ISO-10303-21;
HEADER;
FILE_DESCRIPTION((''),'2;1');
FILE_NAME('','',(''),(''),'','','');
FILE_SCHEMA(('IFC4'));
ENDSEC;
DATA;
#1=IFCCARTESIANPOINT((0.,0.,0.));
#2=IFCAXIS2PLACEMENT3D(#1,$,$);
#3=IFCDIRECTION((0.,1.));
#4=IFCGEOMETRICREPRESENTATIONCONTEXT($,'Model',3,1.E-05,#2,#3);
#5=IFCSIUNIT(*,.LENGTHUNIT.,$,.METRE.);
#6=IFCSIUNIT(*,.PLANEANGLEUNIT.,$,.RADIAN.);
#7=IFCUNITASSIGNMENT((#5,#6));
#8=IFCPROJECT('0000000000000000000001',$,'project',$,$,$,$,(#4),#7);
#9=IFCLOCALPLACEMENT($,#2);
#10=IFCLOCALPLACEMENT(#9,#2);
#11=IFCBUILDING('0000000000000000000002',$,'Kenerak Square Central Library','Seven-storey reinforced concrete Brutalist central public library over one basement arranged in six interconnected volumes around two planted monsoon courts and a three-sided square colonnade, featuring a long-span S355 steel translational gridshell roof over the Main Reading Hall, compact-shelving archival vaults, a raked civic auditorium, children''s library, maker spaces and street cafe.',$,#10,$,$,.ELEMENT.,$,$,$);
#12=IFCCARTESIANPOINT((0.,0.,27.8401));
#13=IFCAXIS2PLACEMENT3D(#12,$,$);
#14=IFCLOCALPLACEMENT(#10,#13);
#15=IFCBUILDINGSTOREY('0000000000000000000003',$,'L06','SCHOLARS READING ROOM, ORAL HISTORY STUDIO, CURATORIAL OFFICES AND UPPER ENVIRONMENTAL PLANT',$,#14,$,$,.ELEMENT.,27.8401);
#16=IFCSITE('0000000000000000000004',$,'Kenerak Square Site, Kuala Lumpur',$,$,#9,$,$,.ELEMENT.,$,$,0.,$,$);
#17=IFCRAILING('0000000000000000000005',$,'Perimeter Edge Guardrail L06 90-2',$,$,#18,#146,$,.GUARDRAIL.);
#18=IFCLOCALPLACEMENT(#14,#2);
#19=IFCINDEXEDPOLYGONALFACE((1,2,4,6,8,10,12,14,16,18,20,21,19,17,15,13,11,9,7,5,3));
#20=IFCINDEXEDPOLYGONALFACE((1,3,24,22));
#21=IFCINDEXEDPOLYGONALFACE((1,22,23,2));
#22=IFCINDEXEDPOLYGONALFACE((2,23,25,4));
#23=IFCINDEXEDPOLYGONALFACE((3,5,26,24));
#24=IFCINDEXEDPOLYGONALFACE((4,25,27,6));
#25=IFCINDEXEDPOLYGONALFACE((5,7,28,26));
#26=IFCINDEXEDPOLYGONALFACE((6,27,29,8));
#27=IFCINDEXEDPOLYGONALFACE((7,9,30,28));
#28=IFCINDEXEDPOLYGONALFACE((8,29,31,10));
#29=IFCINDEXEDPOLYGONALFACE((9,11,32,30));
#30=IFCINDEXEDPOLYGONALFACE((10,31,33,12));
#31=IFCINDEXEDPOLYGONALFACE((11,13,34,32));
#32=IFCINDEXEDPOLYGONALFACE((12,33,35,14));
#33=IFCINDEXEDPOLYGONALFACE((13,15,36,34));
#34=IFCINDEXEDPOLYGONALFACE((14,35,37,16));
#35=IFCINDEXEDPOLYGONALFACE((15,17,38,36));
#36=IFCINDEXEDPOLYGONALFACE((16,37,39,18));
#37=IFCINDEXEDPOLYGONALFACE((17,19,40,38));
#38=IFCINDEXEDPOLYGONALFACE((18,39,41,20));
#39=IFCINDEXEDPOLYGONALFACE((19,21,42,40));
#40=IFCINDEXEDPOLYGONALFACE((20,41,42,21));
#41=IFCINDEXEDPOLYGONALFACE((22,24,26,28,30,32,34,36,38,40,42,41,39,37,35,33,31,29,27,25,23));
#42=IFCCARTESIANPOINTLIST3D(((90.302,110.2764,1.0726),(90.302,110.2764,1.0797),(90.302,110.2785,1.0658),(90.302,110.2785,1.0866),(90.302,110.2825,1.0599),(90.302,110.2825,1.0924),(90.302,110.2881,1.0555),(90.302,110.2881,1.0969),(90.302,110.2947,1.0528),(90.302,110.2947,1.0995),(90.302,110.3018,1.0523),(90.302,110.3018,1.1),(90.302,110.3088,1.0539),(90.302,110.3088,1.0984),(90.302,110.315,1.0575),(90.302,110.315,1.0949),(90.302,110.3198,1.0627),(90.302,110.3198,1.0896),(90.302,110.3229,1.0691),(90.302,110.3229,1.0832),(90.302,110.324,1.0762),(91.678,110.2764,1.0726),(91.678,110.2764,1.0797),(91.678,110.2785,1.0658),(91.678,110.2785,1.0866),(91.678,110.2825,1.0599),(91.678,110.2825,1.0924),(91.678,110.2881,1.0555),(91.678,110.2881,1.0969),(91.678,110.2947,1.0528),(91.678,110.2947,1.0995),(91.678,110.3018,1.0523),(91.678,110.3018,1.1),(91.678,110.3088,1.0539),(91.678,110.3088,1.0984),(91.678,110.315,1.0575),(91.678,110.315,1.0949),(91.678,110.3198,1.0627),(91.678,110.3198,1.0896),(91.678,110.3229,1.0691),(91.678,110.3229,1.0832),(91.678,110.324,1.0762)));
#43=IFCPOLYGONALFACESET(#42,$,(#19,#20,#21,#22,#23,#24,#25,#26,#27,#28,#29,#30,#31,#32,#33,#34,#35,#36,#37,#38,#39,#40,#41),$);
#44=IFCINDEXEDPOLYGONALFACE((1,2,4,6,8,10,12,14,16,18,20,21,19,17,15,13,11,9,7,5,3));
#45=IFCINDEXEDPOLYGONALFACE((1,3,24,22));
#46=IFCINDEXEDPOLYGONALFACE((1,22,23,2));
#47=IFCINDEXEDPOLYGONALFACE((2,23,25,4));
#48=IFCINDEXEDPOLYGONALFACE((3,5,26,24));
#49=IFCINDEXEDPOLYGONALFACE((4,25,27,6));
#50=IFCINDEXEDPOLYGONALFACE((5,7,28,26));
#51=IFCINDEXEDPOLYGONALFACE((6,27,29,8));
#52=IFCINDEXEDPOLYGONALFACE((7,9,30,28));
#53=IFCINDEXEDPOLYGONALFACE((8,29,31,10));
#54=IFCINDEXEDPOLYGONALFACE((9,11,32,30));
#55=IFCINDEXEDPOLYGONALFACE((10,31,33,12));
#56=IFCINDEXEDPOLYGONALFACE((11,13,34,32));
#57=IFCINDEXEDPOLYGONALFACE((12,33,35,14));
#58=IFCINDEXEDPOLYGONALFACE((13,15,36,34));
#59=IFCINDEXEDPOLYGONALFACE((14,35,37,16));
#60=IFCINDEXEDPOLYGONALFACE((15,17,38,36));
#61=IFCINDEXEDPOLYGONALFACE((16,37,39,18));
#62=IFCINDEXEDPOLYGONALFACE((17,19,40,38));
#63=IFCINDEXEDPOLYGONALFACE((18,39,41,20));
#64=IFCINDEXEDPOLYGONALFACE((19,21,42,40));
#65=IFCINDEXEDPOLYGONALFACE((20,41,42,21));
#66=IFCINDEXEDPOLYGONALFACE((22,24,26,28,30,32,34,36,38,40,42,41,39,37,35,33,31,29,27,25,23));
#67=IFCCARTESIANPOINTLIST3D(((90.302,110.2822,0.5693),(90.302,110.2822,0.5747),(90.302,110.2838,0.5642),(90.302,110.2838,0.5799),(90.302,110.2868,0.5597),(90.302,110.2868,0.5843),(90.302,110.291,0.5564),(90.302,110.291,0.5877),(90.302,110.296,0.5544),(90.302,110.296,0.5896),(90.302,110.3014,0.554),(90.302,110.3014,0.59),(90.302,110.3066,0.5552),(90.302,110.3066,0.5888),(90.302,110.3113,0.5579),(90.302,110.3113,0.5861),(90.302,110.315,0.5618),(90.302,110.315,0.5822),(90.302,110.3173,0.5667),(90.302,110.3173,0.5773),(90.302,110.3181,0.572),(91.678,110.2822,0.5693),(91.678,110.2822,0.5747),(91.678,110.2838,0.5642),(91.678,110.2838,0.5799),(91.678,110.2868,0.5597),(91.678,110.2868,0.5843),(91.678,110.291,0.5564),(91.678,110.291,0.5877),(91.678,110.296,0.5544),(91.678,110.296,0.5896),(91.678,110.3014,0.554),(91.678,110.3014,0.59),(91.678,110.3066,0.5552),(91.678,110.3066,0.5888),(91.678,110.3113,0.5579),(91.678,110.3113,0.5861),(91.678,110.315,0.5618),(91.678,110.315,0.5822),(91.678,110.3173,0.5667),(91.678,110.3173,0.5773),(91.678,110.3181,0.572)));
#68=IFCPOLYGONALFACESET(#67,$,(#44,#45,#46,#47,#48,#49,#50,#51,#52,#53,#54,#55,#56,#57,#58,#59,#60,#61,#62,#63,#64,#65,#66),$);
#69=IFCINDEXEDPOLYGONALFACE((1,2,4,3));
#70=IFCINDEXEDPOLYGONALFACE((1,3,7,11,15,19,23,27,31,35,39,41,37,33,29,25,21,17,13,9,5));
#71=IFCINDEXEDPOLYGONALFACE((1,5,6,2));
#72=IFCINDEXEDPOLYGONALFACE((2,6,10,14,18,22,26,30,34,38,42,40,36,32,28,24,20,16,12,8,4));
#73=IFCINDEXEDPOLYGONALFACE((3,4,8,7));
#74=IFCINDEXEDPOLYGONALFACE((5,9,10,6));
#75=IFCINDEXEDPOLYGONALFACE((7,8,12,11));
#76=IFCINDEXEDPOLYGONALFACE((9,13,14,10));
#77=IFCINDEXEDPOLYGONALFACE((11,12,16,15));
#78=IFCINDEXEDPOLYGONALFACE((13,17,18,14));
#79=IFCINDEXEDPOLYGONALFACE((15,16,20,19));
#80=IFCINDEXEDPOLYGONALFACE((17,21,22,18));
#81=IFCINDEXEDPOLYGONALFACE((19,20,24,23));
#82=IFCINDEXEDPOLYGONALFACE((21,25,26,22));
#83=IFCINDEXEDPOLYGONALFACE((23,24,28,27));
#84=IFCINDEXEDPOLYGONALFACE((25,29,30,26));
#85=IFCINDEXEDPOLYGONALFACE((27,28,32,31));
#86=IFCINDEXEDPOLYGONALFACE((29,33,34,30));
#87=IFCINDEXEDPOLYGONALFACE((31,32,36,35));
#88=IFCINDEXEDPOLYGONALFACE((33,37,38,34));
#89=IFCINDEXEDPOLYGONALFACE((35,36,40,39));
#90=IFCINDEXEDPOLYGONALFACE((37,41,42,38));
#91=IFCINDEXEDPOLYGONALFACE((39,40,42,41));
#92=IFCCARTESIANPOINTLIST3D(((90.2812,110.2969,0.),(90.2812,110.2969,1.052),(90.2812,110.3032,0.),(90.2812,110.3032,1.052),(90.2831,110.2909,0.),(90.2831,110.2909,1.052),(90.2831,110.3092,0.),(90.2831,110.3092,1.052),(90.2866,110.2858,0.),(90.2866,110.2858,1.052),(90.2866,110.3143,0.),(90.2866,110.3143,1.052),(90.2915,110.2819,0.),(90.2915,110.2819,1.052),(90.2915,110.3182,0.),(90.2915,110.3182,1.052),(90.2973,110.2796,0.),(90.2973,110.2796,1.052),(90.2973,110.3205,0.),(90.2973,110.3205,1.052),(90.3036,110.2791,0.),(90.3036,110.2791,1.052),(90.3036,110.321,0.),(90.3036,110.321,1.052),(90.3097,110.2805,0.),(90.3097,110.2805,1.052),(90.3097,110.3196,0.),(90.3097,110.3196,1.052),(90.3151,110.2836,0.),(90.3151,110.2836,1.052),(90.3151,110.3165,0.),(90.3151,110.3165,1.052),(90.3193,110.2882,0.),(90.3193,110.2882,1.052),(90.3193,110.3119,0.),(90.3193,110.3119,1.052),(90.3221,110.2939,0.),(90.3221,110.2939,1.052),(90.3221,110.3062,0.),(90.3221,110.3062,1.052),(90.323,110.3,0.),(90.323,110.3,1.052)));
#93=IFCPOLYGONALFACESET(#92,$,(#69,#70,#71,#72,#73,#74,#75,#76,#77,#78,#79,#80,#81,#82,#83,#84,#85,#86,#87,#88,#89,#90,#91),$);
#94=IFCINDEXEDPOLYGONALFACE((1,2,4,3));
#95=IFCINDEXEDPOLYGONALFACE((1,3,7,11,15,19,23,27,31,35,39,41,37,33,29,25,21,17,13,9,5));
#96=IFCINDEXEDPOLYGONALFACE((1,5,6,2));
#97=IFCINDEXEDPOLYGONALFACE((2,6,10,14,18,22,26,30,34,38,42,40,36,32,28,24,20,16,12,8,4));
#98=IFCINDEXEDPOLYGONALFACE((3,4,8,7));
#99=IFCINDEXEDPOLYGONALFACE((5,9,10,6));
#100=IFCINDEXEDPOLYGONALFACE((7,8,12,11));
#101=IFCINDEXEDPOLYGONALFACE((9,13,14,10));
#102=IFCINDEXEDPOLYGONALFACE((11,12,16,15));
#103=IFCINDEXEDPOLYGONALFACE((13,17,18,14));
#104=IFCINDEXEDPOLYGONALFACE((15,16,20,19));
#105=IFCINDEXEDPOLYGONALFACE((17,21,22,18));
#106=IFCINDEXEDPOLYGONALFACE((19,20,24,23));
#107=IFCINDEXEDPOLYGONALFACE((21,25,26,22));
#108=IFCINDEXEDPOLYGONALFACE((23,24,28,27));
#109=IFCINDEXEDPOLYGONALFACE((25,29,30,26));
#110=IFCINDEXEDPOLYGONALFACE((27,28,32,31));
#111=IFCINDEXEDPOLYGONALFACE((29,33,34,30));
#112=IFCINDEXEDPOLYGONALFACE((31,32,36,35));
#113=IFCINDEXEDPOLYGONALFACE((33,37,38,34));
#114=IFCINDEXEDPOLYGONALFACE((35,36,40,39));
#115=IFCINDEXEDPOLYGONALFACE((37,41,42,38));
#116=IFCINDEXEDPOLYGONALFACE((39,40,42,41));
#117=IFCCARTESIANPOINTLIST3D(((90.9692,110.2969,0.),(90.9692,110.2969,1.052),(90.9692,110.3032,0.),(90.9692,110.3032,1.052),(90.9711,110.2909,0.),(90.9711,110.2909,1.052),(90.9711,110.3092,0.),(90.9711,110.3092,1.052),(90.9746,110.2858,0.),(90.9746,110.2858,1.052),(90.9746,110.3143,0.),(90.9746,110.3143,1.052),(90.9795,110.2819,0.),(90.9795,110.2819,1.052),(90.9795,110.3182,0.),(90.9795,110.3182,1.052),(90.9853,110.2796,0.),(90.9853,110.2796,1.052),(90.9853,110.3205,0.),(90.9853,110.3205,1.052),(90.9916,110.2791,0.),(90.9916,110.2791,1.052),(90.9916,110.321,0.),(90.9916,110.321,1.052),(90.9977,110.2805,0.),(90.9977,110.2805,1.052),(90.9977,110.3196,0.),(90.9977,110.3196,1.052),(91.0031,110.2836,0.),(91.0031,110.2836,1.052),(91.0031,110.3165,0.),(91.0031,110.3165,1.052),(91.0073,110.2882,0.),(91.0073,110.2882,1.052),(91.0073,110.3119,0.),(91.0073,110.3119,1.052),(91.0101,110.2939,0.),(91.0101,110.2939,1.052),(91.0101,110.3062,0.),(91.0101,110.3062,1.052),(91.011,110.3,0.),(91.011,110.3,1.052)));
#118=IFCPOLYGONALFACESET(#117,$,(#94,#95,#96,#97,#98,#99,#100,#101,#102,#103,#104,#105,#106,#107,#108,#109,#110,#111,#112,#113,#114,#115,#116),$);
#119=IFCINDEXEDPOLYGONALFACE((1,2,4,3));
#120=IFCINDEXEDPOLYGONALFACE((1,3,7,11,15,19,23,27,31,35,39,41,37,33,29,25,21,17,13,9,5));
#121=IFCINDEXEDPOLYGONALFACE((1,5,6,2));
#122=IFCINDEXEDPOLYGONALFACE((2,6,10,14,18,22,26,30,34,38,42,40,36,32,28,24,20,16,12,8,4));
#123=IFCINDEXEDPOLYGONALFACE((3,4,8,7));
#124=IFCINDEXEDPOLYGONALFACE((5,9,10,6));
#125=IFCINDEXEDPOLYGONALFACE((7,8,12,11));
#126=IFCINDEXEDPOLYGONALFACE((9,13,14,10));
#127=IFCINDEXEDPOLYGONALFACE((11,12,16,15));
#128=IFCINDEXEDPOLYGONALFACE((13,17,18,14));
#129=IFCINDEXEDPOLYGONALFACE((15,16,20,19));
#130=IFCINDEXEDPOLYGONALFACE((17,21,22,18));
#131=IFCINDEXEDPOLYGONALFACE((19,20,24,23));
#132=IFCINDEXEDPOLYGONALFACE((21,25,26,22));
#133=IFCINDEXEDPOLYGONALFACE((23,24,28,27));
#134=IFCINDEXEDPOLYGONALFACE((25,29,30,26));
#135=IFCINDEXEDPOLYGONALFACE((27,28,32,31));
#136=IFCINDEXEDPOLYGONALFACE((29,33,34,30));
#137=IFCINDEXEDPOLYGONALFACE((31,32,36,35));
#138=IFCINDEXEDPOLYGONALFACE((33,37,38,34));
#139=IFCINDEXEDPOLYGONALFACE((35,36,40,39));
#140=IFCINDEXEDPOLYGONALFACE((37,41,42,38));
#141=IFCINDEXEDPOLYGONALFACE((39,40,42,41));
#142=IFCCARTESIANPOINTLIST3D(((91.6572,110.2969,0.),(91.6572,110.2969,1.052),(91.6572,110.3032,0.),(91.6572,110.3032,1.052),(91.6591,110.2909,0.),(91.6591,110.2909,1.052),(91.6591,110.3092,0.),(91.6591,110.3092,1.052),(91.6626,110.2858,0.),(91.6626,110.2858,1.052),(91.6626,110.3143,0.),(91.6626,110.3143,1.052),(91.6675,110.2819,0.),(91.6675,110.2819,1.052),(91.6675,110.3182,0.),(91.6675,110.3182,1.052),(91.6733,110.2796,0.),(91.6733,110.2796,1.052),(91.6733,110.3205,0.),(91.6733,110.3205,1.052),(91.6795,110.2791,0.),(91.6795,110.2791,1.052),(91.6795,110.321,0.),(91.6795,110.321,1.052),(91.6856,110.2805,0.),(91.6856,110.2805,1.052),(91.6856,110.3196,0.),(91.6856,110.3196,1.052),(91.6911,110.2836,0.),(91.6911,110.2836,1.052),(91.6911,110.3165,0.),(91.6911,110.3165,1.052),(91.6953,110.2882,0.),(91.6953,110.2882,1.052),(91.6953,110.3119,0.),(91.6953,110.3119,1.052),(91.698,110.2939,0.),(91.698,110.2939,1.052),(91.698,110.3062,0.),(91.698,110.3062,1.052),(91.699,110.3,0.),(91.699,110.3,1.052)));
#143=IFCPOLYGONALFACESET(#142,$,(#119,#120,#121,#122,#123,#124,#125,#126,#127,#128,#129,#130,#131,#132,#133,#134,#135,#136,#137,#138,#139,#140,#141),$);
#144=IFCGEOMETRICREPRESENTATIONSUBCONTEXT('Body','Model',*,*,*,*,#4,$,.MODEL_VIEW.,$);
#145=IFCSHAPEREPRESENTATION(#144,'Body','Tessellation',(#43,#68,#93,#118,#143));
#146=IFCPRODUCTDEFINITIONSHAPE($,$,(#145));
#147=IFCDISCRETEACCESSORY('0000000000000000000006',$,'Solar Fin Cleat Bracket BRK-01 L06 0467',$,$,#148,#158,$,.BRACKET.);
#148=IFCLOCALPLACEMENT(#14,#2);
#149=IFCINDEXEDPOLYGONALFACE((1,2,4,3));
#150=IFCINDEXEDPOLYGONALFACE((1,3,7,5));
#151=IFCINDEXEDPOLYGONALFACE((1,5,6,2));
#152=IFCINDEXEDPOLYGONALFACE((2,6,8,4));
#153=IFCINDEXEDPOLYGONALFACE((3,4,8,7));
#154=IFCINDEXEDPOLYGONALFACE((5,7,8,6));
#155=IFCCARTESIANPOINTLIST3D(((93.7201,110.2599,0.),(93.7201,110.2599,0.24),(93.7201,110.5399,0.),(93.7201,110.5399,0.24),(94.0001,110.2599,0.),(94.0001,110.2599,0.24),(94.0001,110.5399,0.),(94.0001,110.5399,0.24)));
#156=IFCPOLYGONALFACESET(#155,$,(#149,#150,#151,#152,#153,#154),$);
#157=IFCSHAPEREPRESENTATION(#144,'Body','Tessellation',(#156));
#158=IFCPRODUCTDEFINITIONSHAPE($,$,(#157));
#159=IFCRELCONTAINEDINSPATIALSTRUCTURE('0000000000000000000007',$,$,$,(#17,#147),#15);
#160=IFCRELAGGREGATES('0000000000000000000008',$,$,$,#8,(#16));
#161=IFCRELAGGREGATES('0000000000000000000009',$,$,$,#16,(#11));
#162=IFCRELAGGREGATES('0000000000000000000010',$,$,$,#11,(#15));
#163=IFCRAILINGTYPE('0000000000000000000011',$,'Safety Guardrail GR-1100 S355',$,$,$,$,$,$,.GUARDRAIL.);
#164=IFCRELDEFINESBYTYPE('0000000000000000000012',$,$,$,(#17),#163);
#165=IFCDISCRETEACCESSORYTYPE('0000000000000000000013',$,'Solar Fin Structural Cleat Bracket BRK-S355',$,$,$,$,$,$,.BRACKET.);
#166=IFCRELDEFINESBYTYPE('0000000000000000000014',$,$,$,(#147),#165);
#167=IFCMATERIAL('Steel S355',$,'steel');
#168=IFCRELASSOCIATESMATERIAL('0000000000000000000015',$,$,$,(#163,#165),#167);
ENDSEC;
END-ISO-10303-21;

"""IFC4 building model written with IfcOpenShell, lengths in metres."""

from ifc_helpers import new_model, si_unit, direction, frame, origin, origin_2d, place, context, subcontext, project, spatial, rectangle, circle, extrude, material, type_object, element, save


model = new_model("IFC4")

# Units and contexts
model_context = context("Model", 3, precision=1e-05, world=origin(), true_north=direction((0.0, 1.0)))
body_context = subcontext(model_context, "Body", "Model", "MODEL_VIEW")
ifc_project = project(units=[si_unit("LENGTHUNIT", "METRE"), si_unit("PLANEANGLEUNIT", "RADIAN")], contexts=[model_context])

# Site, building, storey
site_placement = place(None, origin())
site = spatial("IfcSite", under=ifc_project, at=site_placement, Name="Kenerak Square Site, Kuala Lumpur", CompositionType="ELEMENT", RefElevation=0.0)
building_placement = place(site_placement, origin())
building = spatial("IfcBuilding", under=site, at=building_placement, Name="Kenerak Square Central Library", Description="Seven-storey reinforced concrete Brutalist central public library over one basement arranged in six interconnected volumes around two planted monsoon courts and a three-sided square colonnade, featuring a long-span S355 steel translational gridshell roof over the Main Reading Hall, compact-shelving archival vaults, a raked civic auditorium, children's library, maker spaces and street cafe.", CompositionType="ELEMENT")
storey_placement = place(building_placement, frame((0.0, 0.0, 27.8401)))
storey = spatial("IfcBuildingStorey", under=building, at=storey_placement, Name="L06", Description="SCHOLARS READING ROOM, ORAL HISTORY STUDIO, CURATORIAL OFFICES AND UPPER ENVIRONMENTAL PLANT", CompositionType="ELEMENT", Elevation=27.8401)

# Shared definitions
ifc_material_1 = material(Name="Steel S355", Category="steel")

# Railing
railing_type = type_object("IfcRailingType", Name="Safety Guardrail GR-1100 S355", PredefinedType="GUARDRAIL", material=ifc_material_1)
for number, where, name in (
    (1, (90.302, 110.3, 0.0), "Perimeter Edge Guardrail L06 90-2"),
):
    element("IfcRailing", number, at=place(storey_placement, frame(where)), inside=storey, type_object=railing_type, Name=name, PredefinedType="GUARDRAIL", context=body_context, shape_type="SweptSolid", body=[
        extrude(circle(Radius=0.0239, at=origin_2d()), frame((0.0, 0.0, 1.0762), z_axis=(1.0, 0.0, 0.0), x_axis=(0.0, 1.0, 0.0)), (0.0, 0.0, 1.0), 1.376),
        extrude(circle(Radius=0.0181, at=origin_2d()), frame((0.0, 0.0, 0.572), z_axis=(1.0, 0.0, 0.0), x_axis=(0.0, 1.0, 0.0)), (0.0, 0.0, 1.0), 1.376),
        extrude(circle(Radius=0.021, at=origin_2d()), origin(), (0.0, 0.0, 1.0), 1.052),
        extrude(circle(Radius=0.021, at=origin_2d()), frame((0.688, 0.0, 0.0)), (0.0, 0.0, 1.0), 1.052),
        extrude(circle(Radius=0.021, at=origin_2d()), frame((1.376, 0.0, 0.0)), (0.0, 0.0, 1.0), 1.052),
    ])

# Discrete accessory
discrete_accessory_type = type_object("IfcDiscreteAccessoryType", Name="Solar Fin Structural Cleat Bracket BRK-S355", PredefinedType="BRACKET", material=ifc_material_1)
discrete_accessory_placement = place(storey_placement, frame((93.8601, 110.3999, 0.0), z_axis=(0.0, 0.0, 1.0), x_axis=(1.0, 0.0, 0.0)))
element("IfcDiscreteAccessory", 2, at=discrete_accessory_placement, inside=storey, type_object=discrete_accessory_type, Name="Solar Fin Cleat Bracket BRK-01 L06 0467", PredefinedType="BRACKET", context=body_context, shape_type="SweptSolid", body=[
    extrude(rectangle(XDim=0.28, YDim=0.28, at=origin_2d()), origin(), (0.0, 0.0, 1.0), 0.24),
])

save(model, "model.ifc")
